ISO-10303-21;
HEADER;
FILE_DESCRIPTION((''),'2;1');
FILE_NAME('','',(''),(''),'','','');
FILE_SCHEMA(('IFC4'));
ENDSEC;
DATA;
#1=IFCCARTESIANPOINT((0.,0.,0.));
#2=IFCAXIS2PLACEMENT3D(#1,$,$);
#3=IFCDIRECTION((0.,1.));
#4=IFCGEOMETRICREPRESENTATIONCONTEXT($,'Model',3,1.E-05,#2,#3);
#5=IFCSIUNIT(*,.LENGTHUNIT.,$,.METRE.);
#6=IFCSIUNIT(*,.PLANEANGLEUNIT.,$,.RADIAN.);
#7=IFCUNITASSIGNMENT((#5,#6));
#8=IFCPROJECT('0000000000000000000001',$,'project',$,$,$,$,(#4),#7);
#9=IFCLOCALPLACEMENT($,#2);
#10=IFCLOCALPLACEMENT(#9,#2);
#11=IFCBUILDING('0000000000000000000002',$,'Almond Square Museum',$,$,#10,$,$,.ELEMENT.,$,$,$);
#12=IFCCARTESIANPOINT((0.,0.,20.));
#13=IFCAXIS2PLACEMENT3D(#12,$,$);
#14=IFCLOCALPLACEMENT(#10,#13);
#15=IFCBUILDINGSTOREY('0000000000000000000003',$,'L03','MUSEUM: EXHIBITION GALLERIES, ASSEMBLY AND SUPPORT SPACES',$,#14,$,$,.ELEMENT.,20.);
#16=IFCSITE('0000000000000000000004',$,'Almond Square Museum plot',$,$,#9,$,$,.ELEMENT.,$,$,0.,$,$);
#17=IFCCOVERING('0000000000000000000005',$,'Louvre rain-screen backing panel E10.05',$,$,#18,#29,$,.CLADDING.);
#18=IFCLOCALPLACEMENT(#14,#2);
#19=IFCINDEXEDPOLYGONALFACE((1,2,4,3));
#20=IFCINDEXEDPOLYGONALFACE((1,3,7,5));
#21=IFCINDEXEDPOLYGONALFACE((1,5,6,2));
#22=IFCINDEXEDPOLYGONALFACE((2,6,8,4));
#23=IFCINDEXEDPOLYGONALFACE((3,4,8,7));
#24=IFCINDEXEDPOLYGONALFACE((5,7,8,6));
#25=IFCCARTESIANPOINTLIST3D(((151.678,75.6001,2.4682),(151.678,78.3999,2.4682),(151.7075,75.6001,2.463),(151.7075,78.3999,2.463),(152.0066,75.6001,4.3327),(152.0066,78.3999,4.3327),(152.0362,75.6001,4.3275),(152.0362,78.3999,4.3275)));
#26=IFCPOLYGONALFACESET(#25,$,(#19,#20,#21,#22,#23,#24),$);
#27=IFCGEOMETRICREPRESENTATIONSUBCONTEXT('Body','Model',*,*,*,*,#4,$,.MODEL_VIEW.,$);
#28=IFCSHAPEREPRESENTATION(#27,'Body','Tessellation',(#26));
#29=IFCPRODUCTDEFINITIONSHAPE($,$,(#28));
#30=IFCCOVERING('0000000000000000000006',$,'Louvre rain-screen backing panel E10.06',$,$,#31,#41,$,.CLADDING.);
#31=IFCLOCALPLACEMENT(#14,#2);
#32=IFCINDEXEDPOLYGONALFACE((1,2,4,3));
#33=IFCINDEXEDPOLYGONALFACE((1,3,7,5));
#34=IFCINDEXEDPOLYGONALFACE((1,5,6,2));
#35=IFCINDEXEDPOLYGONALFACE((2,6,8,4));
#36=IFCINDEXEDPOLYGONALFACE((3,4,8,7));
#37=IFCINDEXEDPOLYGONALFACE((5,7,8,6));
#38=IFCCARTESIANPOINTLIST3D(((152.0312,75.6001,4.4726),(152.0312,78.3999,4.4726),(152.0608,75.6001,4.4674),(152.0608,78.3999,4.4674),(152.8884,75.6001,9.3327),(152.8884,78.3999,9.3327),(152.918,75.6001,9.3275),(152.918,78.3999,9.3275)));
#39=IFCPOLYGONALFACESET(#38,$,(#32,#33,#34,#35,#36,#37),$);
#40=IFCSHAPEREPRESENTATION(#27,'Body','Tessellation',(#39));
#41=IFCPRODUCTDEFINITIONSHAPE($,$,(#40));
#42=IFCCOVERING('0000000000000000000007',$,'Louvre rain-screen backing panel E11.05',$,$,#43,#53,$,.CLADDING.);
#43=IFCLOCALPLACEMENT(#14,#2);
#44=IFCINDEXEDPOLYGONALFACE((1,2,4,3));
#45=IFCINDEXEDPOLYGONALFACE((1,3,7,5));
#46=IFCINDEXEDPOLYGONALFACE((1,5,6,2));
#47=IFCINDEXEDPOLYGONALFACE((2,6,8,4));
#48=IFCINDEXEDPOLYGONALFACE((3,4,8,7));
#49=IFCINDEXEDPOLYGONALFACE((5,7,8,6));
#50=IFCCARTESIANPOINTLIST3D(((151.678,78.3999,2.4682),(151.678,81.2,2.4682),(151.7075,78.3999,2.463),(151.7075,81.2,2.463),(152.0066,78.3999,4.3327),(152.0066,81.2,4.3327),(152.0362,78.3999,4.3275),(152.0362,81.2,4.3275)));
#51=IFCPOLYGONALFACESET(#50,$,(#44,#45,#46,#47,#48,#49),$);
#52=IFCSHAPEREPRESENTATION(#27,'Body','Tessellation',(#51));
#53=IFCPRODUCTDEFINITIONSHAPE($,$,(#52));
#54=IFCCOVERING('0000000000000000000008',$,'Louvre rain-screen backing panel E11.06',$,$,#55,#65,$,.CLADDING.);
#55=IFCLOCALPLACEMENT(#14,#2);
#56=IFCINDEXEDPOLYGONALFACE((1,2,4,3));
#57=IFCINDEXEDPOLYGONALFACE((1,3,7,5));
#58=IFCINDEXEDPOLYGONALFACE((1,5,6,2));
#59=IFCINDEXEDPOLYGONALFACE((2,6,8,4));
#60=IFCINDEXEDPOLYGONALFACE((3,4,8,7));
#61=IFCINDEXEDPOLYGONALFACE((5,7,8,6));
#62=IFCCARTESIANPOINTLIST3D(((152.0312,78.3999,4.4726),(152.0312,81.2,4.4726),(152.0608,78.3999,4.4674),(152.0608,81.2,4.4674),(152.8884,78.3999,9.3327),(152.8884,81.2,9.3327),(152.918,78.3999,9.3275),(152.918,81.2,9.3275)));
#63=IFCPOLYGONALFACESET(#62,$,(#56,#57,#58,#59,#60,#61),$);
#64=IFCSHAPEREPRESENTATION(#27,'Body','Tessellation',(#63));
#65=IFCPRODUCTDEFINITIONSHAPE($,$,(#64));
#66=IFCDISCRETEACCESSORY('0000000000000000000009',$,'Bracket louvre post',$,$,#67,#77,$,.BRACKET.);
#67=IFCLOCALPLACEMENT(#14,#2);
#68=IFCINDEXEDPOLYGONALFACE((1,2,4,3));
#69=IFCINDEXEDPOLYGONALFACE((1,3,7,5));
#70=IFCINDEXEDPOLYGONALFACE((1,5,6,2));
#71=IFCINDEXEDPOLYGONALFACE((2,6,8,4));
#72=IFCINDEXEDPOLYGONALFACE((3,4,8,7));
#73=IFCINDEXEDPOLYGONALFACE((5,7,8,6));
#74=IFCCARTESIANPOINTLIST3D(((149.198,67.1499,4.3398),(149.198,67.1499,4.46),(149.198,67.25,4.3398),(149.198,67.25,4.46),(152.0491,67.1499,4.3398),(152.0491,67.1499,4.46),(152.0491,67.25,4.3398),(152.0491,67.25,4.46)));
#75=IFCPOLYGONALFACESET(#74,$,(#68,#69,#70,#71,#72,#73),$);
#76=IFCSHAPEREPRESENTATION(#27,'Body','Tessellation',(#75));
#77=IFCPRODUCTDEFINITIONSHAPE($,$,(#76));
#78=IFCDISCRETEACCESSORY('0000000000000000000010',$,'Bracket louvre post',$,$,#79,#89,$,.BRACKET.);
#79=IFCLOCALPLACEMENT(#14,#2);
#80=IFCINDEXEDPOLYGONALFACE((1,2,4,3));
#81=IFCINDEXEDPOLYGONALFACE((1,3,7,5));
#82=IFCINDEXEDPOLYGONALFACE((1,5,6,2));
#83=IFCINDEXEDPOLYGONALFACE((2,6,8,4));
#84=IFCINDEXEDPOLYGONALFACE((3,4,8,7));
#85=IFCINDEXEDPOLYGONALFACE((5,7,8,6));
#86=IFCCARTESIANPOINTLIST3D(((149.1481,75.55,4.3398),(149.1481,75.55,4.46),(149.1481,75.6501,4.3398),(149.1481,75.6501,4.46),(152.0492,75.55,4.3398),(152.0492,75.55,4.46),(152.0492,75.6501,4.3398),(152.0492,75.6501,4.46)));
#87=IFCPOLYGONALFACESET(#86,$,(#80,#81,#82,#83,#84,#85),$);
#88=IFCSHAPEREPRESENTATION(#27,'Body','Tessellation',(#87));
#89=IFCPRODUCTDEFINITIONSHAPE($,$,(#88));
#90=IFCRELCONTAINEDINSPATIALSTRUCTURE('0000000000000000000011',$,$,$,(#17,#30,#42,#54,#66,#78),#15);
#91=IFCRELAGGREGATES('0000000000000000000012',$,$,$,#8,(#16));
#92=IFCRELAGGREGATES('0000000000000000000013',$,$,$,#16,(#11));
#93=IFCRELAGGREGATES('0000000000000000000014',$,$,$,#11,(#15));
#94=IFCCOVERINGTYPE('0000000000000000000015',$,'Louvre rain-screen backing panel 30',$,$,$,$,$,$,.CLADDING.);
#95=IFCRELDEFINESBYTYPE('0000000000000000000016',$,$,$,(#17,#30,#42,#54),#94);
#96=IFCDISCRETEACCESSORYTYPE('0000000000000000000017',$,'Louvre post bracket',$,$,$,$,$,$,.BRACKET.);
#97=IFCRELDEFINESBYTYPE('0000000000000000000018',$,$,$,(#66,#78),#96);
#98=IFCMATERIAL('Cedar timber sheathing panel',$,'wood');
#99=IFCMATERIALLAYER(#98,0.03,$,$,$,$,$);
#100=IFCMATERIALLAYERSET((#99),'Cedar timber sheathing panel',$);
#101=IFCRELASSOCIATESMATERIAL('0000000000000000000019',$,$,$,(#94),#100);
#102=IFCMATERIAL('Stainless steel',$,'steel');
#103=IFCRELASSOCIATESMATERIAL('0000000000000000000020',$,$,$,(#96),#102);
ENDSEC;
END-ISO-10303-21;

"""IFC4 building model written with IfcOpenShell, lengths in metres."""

from ifc_helpers import new_model, si_unit, direction, frame, origin, origin_2d, place, context, subcontext, project, spatial, polyline, rectangle, outline, extrude, material, layer, layer_set, type_object, element, save


model = new_model("IFC4")

# Units and contexts
model_context = context("Model", 3, precision=1e-05, world=origin(), true_north=direction((0.0, 1.0)))
body_context = subcontext(model_context, "Body", "Model", "MODEL_VIEW")
ifc_project = project(units=[si_unit("LENGTHUNIT", "METRE"), si_unit("PLANEANGLEUNIT", "RADIAN")], contexts=[model_context])

# Site, building, storey
site_placement = place(None, origin())
site = spatial("IfcSite", under=ifc_project, at=site_placement, Name="Almond Square Museum plot", CompositionType="ELEMENT", RefElevation=0.0)
building_placement = place(site_placement, origin())
building = spatial("IfcBuilding", under=site, at=building_placement, Name="Almond Square Museum", CompositionType="ELEMENT")
storey_placement = place(building_placement, frame((0.0, 0.0, 20.0)))
storey = spatial("IfcBuildingStorey", under=building, at=storey_placement, Name="L03", Description="MUSEUM: EXHIBITION GALLERIES, ASSEMBLY AND SUPPORT SPACES", CompositionType="ELEMENT", Elevation=20.0)

# Coverings
ifc_material_1 = material(Name="Cedar timber sheathing panel", Category="wood")
ifc_layer_1 = layer(ifc_material_1, 0.03)
ifc_layer_set_1 = layer_set([ifc_layer_1], Name="Cedar timber sheathing panel")
covering_type_1 = type_object("IfcCoveringType", Name="Louvre rain-screen backing panel 30", PredefinedType="CLADDING", material=ifc_layer_set_1)
covering_1_placement = place(storey_placement, frame((151.6929, 75.6001, 2.4656), z_axis=(0.984821, 0.0, -0.173572), x_axis=(0.0, 1.0, 0.0)))
element("IfcCovering", 1, at=covering_1_placement, inside=storey, type_object=covering_type_1, Name="Louvre rain-screen backing panel E10.05", PredefinedType="CLADDING", context=body_context, shape_type="SweptSolid", body=[
    extrude(outline(polyline([(0.0, 0.0), (2.7998, 0.0), (2.7998, 1.8932), (0.0, 1.8932), (0.0, 0.0)])), frame((0.0, 0.0, -0.0151)), (0.0, 0.0, 1.0), 0.03),
])
covering_2_placement = place(storey_placement, frame((152.0461, 75.6001, 4.47), z_axis=(0.9848, 0.0, -0.173689), x_axis=(0.0, 1.0, 0.0)))
element("IfcCovering", 2, at=covering_2_placement, inside=storey, type_object=covering_type_1, Name="Louvre rain-screen backing panel E10.06", PredefinedType="CLADDING", context=body_context, shape_type="SweptSolid", body=[
    extrude(outline(polyline([(0.0, 0.0), (2.7998, 0.0), (2.7998, 4.9351), (0.0, 4.9351), (0.0, 0.0)])), frame((0.0, 0.0, -0.0151)), (0.0, 0.0, 1.0), 0.03),
])
covering_3_placement = place(storey_placement, frame((151.6929, 78.3999, 2.4656), z_axis=(0.984821, 0.0, -0.173572), x_axis=(0.0, 1.0, 0.0)))
element("IfcCovering", 3, at=covering_3_placement, inside=storey, type_object=covering_type_1, Name="Louvre rain-screen backing panel E11.05", PredefinedType="CLADDING", context=body_context, shape_type="SweptSolid", body=[
    extrude(outline(polyline([(0.0, 0.0), (2.8, 0.0), (2.8, 1.8932), (0.0, 1.8932), (0.0, 0.0)])), frame((0.0, 0.0, -0.0151)), (0.0, 0.0, 1.0), 0.03),
])
covering_4_placement = place(storey_placement, frame((152.0461, 78.3999, 4.47), z_axis=(0.9848, 0.0, -0.173689), x_axis=(0.0, 1.0, 0.0)))
element("IfcCovering", 4, at=covering_4_placement, inside=storey, type_object=covering_type_1, Name="Louvre rain-screen backing panel E11.06", PredefinedType="CLADDING", context=body_context, shape_type="SweptSolid", body=[
    extrude(outline(polyline([(0.0, 0.0), (2.8, 0.0), (2.8, 4.9351), (0.0, 4.9351), (0.0, 0.0)])), frame((0.0, 0.0, -0.0151)), (0.0, 0.0, 1.0), 0.03),
])

# Discrete accessories
ifc_material_2 = material(Name="Stainless steel", Category="steel")
discrete_accessory_type = type_object("IfcDiscreteAccessoryType", Name="Louvre post bracket", PredefinedType="BRACKET", material=ifc_material_2)
discrete_accessory_1_placement = place(storey_placement, frame((150.6235, 67.2, 4.3398), z_axis=(0.0, 0.0, 1.0), x_axis=(1.0, 0.0, 0.0)))
element("IfcDiscreteAccessory", 5, at=discrete_accessory_1_placement, inside=storey, type_object=discrete_accessory_type, Name="Bracket louvre post", PredefinedType="BRACKET", context=body_context, shape_type="SweptSolid", body=[
    extrude(rectangle(XDim=2.8511, YDim=0.1001, at=origin_2d()), origin(), (0.0, 0.0, 1.0), 0.1201),
])
discrete_accessory_2_placement = place(storey_placement, frame((150.5986, 75.6001, 4.3398), z_axis=(0.0, 0.0, 1.0), x_axis=(1.0, 0.0, 0.0)))
element("IfcDiscreteAccessory", 6, at=discrete_accessory_2_placement, inside=storey, type_object=discrete_accessory_type, Name="Bracket louvre post", PredefinedType="BRACKET", context=body_context, shape_type="SweptSolid", body=[
    extrude(rectangle(XDim=2.9011, YDim=0.1001, at=origin_2d()), origin(), (0.0, 0.0, 1.0), 0.1201),
])

save(model, "model.ifc")
